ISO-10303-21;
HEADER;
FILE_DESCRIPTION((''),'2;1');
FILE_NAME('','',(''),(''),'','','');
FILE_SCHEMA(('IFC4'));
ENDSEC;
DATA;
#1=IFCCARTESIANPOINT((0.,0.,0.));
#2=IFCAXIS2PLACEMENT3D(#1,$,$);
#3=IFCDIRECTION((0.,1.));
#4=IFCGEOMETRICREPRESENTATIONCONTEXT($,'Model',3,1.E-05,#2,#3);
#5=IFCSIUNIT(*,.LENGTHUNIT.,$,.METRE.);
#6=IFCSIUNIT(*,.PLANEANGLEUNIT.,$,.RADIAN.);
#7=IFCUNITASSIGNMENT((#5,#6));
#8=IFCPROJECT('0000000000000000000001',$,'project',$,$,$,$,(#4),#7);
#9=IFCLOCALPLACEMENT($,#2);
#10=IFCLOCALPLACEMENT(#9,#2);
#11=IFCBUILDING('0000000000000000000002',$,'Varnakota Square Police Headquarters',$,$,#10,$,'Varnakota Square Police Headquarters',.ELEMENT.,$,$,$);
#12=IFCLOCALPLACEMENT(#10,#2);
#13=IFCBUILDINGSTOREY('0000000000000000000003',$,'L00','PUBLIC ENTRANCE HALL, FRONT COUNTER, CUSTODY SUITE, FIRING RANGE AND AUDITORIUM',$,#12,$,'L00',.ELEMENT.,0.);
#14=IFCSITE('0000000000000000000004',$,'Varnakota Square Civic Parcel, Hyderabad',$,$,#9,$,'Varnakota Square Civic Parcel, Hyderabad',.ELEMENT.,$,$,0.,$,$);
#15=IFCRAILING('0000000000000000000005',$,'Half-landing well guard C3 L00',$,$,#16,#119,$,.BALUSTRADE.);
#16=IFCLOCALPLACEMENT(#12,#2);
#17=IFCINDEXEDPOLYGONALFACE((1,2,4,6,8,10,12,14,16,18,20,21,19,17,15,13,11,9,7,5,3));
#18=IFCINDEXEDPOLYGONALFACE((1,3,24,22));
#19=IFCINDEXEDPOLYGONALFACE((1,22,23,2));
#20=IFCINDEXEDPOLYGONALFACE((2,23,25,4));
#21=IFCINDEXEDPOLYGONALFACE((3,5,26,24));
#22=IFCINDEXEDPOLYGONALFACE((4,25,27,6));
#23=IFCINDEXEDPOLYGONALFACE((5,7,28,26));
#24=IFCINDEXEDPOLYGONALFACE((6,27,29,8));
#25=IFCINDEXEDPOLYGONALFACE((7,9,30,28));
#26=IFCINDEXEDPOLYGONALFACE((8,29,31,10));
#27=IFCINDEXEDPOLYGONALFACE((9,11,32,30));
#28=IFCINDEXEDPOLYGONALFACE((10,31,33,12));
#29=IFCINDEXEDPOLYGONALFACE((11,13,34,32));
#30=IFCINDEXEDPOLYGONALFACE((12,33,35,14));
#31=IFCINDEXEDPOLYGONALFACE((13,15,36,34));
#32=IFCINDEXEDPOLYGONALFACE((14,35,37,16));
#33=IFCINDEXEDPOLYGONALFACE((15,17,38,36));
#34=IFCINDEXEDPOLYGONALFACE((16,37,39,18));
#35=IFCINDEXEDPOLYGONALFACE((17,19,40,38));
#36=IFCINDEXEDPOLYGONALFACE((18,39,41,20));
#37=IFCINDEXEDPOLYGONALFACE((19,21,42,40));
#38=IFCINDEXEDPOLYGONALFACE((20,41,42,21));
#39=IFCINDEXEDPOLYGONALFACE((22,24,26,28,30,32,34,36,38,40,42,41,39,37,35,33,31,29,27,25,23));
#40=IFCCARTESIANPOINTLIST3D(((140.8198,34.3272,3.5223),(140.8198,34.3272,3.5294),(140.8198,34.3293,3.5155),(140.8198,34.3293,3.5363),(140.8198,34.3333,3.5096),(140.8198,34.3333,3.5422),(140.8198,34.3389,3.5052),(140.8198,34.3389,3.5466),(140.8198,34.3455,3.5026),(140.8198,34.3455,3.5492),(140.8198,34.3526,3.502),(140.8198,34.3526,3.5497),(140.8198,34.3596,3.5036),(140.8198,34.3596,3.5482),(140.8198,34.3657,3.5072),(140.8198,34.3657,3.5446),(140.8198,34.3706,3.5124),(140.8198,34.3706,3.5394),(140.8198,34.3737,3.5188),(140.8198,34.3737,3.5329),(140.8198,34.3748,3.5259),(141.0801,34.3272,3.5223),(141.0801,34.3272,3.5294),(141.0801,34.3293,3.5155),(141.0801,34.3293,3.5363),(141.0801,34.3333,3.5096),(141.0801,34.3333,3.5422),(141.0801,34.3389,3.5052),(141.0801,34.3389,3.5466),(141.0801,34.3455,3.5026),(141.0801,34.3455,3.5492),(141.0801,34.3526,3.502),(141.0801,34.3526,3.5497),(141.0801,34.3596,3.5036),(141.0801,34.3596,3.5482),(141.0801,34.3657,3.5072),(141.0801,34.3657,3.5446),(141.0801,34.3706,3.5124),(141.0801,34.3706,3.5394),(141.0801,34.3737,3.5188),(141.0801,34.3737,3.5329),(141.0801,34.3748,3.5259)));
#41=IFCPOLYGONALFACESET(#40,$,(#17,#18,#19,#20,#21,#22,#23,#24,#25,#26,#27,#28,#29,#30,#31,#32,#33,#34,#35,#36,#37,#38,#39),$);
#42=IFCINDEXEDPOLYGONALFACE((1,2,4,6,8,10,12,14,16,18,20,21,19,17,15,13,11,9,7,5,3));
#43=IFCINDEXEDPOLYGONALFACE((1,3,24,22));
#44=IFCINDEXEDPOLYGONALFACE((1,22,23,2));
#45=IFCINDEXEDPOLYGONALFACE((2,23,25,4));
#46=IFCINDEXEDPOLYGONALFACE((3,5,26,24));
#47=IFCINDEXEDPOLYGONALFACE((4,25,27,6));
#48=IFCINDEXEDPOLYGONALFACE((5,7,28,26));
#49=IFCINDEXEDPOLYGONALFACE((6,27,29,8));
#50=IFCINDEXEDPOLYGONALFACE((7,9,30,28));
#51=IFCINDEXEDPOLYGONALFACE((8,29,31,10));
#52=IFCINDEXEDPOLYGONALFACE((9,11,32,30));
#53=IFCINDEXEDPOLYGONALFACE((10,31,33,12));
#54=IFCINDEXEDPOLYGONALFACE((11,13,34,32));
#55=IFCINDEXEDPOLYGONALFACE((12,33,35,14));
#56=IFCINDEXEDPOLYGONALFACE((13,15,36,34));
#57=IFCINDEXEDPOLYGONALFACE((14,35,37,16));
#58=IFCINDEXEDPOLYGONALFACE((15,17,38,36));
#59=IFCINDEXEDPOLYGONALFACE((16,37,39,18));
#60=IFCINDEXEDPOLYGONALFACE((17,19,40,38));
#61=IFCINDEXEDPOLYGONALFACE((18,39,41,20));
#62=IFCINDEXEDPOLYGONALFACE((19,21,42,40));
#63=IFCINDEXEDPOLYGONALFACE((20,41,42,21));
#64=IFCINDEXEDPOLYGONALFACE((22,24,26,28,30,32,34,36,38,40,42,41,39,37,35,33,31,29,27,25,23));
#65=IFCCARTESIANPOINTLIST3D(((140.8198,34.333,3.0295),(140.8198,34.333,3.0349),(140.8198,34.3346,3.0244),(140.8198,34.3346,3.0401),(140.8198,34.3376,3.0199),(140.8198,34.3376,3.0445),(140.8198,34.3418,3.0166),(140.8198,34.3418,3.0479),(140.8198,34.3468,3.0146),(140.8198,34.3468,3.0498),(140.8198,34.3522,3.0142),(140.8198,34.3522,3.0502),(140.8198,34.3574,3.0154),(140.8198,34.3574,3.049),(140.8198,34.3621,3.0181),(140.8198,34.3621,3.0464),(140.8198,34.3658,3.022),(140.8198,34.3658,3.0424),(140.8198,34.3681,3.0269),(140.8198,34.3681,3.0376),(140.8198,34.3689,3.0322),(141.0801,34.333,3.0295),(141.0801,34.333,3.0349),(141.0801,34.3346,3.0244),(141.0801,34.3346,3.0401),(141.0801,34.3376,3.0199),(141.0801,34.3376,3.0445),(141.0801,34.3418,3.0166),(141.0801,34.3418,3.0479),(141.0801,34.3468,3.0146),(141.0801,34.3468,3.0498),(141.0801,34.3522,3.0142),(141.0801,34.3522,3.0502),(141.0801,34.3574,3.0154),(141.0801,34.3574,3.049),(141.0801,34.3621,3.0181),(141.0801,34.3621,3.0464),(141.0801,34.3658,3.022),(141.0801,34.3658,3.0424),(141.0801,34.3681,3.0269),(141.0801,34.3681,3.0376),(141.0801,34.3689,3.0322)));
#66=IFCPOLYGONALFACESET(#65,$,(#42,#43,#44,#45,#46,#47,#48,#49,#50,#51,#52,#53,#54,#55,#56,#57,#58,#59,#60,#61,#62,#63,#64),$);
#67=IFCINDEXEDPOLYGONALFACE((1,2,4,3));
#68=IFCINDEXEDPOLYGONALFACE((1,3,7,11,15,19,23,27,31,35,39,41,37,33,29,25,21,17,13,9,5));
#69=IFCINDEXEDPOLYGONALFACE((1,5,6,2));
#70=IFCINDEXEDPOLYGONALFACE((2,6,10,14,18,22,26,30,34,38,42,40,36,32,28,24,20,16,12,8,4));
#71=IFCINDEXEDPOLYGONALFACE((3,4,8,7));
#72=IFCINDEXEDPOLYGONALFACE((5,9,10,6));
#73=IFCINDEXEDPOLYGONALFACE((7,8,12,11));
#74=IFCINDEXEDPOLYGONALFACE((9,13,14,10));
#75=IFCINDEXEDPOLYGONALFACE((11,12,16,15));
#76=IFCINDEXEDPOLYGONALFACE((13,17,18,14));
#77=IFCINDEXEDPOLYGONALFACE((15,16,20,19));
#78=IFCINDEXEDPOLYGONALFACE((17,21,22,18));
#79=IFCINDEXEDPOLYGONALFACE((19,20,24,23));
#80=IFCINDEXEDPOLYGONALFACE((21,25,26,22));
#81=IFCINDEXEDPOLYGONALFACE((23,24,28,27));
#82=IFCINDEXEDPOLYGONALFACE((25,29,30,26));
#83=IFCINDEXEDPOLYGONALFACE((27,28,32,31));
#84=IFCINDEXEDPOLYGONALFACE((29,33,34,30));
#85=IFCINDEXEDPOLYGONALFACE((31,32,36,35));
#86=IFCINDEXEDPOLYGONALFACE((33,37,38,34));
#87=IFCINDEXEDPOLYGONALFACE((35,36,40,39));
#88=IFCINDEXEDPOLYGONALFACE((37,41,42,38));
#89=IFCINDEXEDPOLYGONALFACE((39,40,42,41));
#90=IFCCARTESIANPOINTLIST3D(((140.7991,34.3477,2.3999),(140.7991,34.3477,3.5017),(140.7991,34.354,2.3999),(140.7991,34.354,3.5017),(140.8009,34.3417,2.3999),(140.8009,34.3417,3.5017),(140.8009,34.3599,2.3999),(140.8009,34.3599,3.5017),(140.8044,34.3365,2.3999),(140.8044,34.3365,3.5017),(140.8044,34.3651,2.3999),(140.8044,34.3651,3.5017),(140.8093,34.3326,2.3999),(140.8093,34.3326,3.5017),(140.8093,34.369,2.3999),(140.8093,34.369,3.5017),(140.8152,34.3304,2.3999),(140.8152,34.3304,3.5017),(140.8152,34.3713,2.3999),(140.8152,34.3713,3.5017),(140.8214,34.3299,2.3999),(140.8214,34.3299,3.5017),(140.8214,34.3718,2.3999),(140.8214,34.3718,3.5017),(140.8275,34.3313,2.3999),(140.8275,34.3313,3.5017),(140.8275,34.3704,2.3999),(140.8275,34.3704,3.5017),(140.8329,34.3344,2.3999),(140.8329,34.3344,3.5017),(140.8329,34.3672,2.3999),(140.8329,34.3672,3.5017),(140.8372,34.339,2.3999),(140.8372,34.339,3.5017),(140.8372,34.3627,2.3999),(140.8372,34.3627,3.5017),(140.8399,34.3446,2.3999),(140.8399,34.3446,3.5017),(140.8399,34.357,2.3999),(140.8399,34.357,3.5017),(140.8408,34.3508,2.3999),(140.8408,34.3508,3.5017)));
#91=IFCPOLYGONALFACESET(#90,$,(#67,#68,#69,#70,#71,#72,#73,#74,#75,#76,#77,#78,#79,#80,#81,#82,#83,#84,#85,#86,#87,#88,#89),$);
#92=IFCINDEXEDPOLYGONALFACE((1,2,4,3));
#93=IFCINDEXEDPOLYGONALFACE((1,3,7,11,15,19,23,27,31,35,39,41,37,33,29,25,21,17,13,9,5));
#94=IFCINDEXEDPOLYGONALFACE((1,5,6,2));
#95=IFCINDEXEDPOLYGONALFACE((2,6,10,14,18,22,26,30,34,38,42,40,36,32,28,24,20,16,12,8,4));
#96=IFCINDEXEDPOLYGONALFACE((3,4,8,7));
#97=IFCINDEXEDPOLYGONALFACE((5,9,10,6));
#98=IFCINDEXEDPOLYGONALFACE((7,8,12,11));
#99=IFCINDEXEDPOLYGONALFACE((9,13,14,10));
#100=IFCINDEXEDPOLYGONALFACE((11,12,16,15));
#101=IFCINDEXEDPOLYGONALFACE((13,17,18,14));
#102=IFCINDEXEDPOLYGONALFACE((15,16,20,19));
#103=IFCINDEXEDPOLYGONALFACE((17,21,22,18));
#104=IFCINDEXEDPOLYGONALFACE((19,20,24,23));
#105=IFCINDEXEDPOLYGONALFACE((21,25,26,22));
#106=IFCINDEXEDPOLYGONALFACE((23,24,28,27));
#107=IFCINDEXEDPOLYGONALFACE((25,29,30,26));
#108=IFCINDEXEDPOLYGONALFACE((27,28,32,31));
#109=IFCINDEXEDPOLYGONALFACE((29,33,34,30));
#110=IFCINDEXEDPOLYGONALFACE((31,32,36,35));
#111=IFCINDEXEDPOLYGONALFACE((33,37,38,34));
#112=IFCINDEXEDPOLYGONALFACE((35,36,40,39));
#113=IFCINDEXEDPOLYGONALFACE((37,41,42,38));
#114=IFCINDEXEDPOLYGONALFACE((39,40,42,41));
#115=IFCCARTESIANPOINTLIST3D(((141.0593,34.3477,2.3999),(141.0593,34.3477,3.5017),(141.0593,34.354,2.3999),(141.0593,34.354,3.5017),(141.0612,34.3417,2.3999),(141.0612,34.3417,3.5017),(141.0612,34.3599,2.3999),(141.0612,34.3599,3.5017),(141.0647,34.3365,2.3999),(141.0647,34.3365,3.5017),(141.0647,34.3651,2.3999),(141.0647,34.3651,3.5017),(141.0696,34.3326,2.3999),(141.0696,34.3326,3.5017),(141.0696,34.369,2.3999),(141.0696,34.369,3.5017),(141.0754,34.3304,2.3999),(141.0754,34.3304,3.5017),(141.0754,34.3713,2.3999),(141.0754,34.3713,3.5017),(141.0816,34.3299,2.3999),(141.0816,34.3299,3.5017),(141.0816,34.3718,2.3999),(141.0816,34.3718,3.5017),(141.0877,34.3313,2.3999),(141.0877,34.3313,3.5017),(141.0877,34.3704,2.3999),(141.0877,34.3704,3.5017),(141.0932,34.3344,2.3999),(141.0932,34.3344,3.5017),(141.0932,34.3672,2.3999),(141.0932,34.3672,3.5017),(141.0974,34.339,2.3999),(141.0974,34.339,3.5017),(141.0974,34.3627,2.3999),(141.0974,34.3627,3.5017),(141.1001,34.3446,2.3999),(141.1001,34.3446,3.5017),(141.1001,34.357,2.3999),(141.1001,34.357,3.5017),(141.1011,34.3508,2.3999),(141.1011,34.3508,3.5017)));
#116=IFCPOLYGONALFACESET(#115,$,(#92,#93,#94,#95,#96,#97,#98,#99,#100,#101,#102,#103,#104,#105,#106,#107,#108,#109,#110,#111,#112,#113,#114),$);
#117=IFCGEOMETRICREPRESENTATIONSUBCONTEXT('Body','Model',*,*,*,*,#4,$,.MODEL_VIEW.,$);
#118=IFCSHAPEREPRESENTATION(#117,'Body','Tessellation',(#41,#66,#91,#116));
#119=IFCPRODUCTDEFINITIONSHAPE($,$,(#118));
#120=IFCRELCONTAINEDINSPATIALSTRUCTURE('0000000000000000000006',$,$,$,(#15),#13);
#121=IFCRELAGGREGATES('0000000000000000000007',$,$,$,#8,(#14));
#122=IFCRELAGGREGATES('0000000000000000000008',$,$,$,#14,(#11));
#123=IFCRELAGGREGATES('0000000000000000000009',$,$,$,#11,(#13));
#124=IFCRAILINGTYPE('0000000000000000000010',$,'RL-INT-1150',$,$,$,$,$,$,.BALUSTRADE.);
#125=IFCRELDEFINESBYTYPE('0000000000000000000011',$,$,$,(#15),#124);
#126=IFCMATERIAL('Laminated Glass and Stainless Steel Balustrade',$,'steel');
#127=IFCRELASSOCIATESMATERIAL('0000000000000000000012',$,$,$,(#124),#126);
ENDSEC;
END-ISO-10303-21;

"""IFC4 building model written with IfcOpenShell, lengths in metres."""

from ifc_helpers import new_model, si_unit, direction, frame, origin, origin_2d, place, context, subcontext, project, spatial, circle, extrude, material, type_object, element, save


model = new_model("IFC4")

# Units and contexts
model_context = context("Model", 3, precision=1e-05, world=origin(), true_north=direction((0.0, 1.0)))
body_context = subcontext(model_context, "Body", "Model", "MODEL_VIEW")
ifc_project = project(units=[si_unit("LENGTHUNIT", "METRE"), si_unit("PLANEANGLEUNIT", "RADIAN")], contexts=[model_context])

# Site, building, storey
site_placement = place(None, origin())
site = spatial("IfcSite", under=ifc_project, at=site_placement, Name="Varnakota Square Civic Parcel, Hyderabad", LongName="Varnakota Square Civic Parcel, Hyderabad", CompositionType="ELEMENT", RefElevation=0.0)
building_placement = place(site_placement, origin())
building = spatial("IfcBuilding", under=site, at=building_placement, Name="Varnakota Square Police Headquarters", LongName="Varnakota Square Police Headquarters", CompositionType="ELEMENT")
storey_placement = place(building_placement, origin())
storey = spatial("IfcBuildingStorey", under=building, at=storey_placement, Name="L00", Description="PUBLIC ENTRANCE HALL, FRONT COUNTER, CUSTODY SUITE, FIRING RANGE AND AUDITORIUM", LongName="L00", CompositionType="ELEMENT", Elevation=0.0)

# Railing
ifc_material_1 = material(Name="Laminated Glass and Stainless Steel Balustrade", Category="steel")
railing_type_1 = type_object("IfcRailingType", Name="RL-INT-1150", PredefinedType="BALUSTRADE", material=ifc_material_1)
railing_1_placement = place(storey_placement, frame((140.8198, 34.3508, 2.3999)))
element("IfcRailing", 1, at=railing_1_placement, inside=storey, type_object=railing_type_1, Name="Half-landing well guard C3 L00", PredefinedType="BALUSTRADE", context=body_context, shape_type="SweptSolid", body=[
    extrude(circle(Radius=0.0239, at=origin_2d()), frame((0.0, 0.0, 1.126), z_axis=(1.0, 0.0, 0.0), x_axis=(0.0, 1.0, 0.0)), (0.0, 0.0, 1.0), 0.2603),
    extrude(circle(Radius=0.0181, at=origin_2d()), frame((0.0, 0.0, 0.6323), z_axis=(1.0, 0.0, 0.0), x_axis=(0.0, 1.0, 0.0)), (0.0, 0.0, 1.0), 0.2603),
    extrude(circle(Radius=0.021, at=origin_2d()), origin(), (0.0, 0.0, 1.0), 1.1018),
    extrude(circle(Radius=0.021, at=origin_2d()), frame((0.2603, 0.0, 0.0)), (0.0, 0.0, 1.0), 1.1018),
])

save(model, "model.ifc")
